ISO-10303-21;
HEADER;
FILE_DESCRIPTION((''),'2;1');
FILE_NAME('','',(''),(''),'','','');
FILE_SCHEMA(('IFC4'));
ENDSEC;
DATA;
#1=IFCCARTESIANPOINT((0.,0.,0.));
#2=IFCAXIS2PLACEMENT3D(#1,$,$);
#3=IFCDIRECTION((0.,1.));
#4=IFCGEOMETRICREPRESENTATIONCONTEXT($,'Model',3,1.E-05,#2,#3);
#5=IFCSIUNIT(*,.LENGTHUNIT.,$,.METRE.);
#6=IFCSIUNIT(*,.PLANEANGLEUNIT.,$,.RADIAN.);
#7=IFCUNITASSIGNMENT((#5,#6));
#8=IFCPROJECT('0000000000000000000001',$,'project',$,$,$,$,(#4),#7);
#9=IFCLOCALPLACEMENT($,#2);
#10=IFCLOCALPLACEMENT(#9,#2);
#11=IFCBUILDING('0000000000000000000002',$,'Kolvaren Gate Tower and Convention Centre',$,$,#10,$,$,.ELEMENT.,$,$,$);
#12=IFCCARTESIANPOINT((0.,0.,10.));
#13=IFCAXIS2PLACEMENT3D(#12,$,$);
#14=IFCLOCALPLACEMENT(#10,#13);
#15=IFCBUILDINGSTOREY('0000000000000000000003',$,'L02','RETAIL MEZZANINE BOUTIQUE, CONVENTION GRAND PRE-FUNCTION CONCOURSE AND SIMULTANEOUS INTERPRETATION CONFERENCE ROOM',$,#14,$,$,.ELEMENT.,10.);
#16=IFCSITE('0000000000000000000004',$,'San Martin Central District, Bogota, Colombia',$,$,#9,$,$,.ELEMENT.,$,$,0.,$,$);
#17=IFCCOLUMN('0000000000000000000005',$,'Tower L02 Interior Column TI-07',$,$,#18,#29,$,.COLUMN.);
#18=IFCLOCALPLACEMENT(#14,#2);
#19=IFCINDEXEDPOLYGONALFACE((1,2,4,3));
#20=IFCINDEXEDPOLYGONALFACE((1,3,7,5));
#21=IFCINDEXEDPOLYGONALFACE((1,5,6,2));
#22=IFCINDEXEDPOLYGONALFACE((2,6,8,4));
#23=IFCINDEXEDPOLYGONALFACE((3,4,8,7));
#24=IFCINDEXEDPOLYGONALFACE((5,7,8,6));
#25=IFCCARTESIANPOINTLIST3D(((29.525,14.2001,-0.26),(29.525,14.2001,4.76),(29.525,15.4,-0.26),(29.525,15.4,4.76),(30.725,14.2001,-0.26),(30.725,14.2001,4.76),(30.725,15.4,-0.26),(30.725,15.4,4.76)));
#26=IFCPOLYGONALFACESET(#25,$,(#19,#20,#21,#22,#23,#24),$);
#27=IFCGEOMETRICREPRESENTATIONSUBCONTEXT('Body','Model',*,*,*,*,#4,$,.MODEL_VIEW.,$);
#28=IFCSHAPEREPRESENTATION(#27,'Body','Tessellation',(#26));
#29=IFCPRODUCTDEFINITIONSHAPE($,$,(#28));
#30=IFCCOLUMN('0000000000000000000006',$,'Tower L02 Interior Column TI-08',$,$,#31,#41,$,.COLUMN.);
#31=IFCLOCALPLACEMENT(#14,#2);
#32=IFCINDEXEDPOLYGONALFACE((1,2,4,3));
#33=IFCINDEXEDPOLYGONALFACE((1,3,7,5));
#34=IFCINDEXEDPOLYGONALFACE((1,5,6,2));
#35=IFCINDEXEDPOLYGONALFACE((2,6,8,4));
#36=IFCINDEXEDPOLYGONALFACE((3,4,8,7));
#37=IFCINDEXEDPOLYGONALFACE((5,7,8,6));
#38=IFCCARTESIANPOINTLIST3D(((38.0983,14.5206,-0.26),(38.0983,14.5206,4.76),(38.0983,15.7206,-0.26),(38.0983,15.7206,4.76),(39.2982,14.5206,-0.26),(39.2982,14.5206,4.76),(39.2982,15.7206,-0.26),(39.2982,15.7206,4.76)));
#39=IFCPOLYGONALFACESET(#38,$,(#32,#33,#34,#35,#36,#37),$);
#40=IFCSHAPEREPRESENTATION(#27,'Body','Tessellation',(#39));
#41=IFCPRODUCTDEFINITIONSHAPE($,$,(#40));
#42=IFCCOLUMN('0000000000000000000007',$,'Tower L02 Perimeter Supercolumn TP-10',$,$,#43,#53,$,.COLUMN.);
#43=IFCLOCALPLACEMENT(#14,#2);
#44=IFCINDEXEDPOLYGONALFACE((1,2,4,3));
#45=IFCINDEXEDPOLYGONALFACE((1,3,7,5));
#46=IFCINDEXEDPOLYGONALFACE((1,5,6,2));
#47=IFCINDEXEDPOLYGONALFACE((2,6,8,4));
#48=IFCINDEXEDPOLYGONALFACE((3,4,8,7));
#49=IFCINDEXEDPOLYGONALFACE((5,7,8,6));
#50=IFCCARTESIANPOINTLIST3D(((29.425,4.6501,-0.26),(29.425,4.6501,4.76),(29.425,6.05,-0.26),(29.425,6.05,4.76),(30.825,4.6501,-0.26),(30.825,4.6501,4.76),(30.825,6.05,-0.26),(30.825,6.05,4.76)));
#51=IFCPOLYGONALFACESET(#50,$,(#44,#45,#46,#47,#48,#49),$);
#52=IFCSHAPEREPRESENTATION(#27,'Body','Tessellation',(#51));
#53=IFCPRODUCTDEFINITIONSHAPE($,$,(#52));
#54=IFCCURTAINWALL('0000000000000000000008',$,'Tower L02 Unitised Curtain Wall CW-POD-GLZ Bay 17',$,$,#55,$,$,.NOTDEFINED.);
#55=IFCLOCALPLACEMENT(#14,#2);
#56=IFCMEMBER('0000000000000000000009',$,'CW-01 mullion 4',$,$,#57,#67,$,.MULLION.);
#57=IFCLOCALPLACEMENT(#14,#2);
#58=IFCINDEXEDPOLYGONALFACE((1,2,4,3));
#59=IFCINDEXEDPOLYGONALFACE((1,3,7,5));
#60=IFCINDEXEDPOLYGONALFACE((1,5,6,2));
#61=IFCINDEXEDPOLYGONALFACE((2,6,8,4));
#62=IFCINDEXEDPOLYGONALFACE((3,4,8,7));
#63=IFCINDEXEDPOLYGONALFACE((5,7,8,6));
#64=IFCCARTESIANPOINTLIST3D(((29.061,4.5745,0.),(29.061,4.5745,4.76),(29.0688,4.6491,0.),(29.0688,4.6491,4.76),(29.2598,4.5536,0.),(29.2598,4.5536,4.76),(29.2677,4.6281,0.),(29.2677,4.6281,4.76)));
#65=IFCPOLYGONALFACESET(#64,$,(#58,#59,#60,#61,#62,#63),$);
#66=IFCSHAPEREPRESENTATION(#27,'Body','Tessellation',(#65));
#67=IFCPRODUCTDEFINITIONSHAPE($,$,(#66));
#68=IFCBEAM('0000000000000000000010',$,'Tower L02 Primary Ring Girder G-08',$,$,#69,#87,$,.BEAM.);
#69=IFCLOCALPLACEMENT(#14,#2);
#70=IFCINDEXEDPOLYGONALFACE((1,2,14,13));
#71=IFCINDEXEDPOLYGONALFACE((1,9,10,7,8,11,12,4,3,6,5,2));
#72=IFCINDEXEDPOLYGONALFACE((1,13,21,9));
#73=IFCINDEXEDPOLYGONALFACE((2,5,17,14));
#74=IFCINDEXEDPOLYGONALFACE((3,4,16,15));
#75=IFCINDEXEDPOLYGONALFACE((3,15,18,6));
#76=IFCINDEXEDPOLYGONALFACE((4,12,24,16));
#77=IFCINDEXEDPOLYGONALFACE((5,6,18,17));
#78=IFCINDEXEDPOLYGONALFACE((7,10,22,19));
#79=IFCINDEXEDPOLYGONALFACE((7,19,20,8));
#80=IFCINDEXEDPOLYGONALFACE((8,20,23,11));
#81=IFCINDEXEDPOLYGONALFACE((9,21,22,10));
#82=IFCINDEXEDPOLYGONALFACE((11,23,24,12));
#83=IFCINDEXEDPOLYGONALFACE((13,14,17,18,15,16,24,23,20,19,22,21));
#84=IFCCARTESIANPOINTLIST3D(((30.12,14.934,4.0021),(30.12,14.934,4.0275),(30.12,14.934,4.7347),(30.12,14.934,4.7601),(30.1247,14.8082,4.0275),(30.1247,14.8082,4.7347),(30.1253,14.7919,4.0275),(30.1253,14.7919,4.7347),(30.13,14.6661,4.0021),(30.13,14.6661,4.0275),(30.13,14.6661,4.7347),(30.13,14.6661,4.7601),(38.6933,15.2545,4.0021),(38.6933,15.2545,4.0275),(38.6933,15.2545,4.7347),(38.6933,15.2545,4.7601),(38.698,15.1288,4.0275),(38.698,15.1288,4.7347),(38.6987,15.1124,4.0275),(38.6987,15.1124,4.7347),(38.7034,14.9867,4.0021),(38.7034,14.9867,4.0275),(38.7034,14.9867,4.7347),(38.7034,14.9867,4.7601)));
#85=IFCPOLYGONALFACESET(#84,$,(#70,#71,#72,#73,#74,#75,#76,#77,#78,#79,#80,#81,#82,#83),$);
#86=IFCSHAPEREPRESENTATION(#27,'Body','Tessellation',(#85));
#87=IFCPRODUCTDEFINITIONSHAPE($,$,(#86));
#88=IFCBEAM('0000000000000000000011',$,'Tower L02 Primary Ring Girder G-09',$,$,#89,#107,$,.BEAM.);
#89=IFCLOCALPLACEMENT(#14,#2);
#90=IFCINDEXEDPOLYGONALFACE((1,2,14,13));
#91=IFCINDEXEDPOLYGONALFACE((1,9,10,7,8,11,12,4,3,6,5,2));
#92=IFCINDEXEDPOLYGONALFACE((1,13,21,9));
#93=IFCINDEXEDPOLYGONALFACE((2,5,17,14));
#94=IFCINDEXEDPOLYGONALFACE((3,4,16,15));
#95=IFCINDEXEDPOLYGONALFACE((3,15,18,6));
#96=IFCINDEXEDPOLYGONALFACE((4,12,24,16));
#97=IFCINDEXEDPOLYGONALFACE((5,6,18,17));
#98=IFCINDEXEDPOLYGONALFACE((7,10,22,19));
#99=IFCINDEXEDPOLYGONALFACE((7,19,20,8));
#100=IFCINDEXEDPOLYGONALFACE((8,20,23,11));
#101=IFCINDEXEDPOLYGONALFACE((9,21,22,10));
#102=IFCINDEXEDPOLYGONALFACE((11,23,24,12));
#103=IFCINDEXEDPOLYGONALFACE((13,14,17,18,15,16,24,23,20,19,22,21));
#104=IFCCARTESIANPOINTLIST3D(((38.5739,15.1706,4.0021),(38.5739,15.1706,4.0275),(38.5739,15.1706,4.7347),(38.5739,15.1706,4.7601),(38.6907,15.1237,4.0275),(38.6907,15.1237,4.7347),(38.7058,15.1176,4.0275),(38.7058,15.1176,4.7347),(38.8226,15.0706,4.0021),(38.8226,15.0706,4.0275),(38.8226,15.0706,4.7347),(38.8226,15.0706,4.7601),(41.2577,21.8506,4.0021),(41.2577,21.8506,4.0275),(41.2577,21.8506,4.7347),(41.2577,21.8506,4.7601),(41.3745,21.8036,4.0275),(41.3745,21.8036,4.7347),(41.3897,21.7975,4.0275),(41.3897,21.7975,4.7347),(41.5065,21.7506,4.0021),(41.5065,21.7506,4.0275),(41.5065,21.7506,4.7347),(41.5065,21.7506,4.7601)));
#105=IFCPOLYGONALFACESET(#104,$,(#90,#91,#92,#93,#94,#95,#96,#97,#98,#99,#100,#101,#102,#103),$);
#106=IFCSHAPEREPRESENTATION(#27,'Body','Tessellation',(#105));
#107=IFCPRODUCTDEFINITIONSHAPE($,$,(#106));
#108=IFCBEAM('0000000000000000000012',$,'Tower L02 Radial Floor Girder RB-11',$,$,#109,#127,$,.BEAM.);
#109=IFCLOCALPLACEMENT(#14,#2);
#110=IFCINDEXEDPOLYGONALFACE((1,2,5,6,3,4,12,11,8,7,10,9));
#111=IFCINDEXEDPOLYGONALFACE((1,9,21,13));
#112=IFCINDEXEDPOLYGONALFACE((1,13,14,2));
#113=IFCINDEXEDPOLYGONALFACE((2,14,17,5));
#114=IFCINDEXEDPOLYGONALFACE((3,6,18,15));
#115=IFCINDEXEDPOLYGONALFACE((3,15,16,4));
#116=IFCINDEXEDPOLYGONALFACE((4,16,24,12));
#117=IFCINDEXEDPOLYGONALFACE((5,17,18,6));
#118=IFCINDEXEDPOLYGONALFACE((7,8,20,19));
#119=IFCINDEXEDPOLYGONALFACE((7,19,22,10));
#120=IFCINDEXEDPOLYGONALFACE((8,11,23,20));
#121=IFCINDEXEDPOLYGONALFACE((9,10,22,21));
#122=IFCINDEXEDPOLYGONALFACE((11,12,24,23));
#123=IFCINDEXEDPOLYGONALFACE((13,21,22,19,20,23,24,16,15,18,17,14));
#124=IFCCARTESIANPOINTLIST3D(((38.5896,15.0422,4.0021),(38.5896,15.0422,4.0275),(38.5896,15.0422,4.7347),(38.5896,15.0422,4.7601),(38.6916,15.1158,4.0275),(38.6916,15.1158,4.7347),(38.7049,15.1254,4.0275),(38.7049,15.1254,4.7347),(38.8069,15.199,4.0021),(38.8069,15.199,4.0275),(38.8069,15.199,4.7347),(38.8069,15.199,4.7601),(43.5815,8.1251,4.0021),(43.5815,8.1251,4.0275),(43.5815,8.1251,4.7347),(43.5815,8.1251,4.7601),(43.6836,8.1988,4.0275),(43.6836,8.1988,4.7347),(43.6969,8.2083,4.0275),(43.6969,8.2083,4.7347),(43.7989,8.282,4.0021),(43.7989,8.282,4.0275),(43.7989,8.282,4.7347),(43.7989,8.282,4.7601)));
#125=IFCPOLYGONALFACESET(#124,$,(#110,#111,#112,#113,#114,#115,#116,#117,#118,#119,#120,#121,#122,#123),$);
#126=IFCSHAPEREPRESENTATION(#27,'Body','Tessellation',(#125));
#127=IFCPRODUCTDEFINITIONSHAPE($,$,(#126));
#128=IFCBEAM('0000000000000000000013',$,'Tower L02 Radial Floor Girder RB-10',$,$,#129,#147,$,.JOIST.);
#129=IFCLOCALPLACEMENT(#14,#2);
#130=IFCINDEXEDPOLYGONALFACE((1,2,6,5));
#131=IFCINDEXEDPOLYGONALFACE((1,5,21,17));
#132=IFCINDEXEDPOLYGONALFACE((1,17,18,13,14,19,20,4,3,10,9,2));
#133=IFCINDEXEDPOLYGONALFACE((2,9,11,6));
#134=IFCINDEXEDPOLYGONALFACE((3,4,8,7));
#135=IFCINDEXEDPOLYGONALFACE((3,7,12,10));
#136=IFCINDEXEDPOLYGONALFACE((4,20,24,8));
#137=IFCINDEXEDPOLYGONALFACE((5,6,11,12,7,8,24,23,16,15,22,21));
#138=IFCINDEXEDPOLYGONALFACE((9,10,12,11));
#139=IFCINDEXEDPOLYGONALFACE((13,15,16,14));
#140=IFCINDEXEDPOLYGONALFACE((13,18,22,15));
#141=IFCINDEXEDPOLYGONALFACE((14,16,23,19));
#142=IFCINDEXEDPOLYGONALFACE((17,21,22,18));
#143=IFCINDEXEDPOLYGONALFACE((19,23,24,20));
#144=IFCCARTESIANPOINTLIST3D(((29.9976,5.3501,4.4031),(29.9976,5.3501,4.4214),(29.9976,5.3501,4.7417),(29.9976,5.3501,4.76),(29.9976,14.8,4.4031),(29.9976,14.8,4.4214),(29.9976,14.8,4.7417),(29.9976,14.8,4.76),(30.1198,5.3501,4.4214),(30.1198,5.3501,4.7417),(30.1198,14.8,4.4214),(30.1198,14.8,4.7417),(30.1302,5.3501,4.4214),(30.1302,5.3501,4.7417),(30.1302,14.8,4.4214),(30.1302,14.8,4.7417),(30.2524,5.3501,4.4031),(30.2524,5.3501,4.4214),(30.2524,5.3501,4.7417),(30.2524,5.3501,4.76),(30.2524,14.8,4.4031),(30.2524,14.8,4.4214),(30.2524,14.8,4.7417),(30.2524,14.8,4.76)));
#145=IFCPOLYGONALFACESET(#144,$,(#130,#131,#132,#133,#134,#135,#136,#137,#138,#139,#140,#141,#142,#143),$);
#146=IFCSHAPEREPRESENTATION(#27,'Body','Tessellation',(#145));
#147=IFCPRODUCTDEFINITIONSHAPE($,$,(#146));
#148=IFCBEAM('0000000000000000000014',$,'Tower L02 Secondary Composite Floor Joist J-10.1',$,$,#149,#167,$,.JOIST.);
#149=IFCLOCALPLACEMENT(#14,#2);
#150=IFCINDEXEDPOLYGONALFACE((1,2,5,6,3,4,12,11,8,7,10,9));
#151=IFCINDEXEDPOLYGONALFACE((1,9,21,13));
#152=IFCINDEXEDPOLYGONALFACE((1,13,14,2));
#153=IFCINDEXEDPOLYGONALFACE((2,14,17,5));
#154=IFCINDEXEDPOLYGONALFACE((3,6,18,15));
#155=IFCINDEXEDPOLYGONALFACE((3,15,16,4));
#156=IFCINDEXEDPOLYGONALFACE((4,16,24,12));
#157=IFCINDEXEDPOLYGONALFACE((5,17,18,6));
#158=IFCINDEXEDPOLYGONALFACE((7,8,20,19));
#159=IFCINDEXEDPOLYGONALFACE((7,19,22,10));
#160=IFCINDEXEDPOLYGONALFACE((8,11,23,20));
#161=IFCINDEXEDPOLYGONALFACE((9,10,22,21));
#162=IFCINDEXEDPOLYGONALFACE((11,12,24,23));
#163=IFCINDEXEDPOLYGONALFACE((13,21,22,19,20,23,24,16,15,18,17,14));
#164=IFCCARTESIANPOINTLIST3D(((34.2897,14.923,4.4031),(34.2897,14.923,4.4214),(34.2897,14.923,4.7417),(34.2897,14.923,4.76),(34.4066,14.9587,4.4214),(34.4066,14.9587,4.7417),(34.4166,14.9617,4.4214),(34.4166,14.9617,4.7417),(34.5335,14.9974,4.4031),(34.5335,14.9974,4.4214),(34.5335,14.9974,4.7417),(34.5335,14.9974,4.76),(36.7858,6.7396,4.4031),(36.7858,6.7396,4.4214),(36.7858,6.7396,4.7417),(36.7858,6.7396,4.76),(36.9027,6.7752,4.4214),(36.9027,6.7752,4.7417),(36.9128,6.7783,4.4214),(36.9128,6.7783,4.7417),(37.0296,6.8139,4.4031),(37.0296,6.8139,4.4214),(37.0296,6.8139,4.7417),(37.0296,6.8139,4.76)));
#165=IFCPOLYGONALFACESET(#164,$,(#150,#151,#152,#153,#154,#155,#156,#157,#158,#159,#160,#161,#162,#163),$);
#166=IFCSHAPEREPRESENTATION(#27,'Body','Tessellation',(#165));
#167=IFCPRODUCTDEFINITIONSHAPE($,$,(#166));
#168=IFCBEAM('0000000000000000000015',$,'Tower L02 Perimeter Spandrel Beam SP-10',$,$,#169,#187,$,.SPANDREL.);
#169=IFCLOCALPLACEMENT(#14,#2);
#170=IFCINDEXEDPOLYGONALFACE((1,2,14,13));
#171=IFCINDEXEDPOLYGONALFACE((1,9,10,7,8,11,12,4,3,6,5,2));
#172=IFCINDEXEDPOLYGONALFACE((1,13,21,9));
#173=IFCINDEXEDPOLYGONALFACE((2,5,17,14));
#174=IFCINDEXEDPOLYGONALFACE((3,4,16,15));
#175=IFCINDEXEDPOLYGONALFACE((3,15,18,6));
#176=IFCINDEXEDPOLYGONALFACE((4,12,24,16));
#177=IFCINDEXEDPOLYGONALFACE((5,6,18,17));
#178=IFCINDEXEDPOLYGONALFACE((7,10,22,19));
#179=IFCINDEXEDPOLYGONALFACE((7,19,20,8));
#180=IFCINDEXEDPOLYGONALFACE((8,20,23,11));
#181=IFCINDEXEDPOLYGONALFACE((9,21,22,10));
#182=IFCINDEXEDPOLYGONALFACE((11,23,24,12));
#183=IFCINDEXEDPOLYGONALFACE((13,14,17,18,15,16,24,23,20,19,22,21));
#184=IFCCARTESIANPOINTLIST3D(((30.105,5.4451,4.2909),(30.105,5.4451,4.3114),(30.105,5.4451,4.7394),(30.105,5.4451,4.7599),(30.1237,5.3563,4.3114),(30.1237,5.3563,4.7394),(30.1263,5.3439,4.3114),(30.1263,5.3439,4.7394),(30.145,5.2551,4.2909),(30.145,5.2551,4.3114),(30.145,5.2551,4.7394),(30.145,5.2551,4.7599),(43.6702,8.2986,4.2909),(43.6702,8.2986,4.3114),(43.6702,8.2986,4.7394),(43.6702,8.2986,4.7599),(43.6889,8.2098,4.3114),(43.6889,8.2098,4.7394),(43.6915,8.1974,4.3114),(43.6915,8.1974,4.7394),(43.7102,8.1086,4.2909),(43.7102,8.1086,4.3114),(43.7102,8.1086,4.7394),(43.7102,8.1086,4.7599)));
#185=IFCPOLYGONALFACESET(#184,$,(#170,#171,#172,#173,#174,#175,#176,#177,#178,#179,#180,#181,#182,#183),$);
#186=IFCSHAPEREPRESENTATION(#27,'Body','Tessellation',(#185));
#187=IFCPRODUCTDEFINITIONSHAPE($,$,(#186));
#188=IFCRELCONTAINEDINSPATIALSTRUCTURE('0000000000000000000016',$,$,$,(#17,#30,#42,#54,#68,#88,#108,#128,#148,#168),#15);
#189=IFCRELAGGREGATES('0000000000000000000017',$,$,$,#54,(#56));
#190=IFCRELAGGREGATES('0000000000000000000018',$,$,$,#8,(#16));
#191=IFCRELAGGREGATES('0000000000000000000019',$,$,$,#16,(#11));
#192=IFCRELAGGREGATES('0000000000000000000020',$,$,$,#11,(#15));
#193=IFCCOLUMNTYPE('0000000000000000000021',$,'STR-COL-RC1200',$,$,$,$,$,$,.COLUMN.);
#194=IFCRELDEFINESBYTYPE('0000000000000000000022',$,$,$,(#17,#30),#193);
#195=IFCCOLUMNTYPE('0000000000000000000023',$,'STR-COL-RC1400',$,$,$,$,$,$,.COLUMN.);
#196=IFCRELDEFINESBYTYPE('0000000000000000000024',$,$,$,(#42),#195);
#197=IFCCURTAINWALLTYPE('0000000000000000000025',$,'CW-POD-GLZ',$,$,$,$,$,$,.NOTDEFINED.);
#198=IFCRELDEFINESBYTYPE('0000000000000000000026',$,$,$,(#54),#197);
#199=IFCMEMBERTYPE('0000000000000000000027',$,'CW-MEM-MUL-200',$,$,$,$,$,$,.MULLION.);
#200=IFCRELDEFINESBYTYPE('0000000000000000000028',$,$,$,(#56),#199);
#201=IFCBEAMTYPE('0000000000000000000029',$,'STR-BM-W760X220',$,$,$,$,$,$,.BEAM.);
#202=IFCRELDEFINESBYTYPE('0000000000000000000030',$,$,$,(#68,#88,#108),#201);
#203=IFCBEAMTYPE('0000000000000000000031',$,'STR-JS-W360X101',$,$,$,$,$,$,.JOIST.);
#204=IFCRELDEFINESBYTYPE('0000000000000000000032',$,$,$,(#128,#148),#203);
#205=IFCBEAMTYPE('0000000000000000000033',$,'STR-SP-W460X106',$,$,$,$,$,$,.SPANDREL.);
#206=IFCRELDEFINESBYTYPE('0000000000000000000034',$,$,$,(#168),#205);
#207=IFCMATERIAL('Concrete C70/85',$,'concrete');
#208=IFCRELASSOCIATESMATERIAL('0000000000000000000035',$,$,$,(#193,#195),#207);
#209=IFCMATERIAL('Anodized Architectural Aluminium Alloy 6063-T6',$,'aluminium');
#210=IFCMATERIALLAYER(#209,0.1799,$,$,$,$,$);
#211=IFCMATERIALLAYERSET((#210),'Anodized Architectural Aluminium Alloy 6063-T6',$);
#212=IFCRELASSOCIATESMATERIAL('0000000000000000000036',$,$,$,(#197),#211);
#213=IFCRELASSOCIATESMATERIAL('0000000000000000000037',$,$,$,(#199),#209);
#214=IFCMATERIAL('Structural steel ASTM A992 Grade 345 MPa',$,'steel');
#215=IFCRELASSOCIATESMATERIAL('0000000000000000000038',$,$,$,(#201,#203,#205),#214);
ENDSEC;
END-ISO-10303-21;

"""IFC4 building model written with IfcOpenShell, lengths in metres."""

from ifc_helpers import new_model, si_unit, direction, frame, origin, origin_2d, place, context, subcontext, project, spatial, rectangle, i_section, extrude, material, layer, layer_set, material_profile, profile_set, type_object, element, aggregate, save


model = new_model("IFC4")

# Units and contexts
model_context = context("Model", 3, precision=1e-05, world=origin(), true_north=direction((0.0, 1.0)))
body_context = subcontext(model_context, "Body", "Model", "MODEL_VIEW")
ifc_project = project(units=[si_unit("LENGTHUNIT", "METRE"), si_unit("PLANEANGLEUNIT", "RADIAN")], contexts=[model_context])

# Site, building, storey
site_placement = place(None, origin())
site = spatial("IfcSite", under=ifc_project, at=site_placement, Name="San Martin Central District, Bogota, Colombia", CompositionType="ELEMENT", RefElevation=0.0)
building_placement = place(site_placement, origin())
building = spatial("IfcBuilding", under=site, at=building_placement, Name="Kolvaren Gate Tower and Convention Centre", CompositionType="ELEMENT")
storey_placement = place(building_placement, frame((0.0, 0.0, 10.0)))
storey = spatial("IfcBuildingStorey", under=building, at=storey_placement, Name="L02", Description="RETAIL MEZZANINE BOUTIQUE, CONVENTION GRAND PRE-FUNCTION CONCOURSE AND SIMULTANEOUS INTERPRETATION CONFERENCE ROOM", CompositionType="ELEMENT", Elevation=10.0)

# Columns
ifc_material_1 = material(Name="Concrete C70/85", Category="concrete")
ifc_material_profile_1 = material_profile(ifc_material_1, rectangle(XDim=1.2, YDim=1.2, at=origin_2d()), Name="RC-COL-1200X1200")
ifc_profile_set_1 = profile_set([ifc_material_profile_1], Name="Concrete C70/85")
column_type_1 = type_object("IfcColumnType", Name="STR-COL-RC1200", PredefinedType="COLUMN", material=ifc_profile_set_1)
for number, where, z_axis, x_axis, name in (
    (1, (30.125, 14.8, -0.26), (0.0, 0.0, 1.0), (1.0, 0.0, 0.0), "Tower L02 Interior Column TI-07"),
    (2, (38.6982, 15.1206, -0.26), (0.0, 0.0, 1.0), (1.0, 0.0, 0.0), "Tower L02 Interior Column TI-08"),
):
    element("IfcColumn", number, at=place(storey_placement, frame(where, z_axis=z_axis, x_axis=x_axis)), inside=storey, type_object=column_type_1, Name=name, PredefinedType="COLUMN", context=body_context, shape_type="SweptSolid", body=[
        extrude(rectangle(XDim=1.2, YDim=1.2, at=origin_2d()), origin(), (0.0, 0.0, 1.0), 5.02),
    ])
ifc_material_profile_2 = material_profile(ifc_material_1, rectangle(XDim=1.3999, YDim=1.3999, at=origin_2d()), Name="RC-COL-1400X1400")
ifc_profile_set_2 = profile_set([ifc_material_profile_2], Name="Concrete C70/85")
column_type_2 = type_object("IfcColumnType", Name="STR-COL-RC1400", PredefinedType="COLUMN", material=ifc_profile_set_2)
column_placement = place(storey_placement, frame((30.125, 5.3501, -0.26), z_axis=(0.0, 0.0, 1.0), x_axis=(1.0, 0.0, 0.0)))
element("IfcColumn", 3, at=column_placement, inside=storey, type_object=column_type_2, Name="Tower L02 Perimeter Supercolumn TP-10", PredefinedType="COLUMN", context=body_context, shape_type="SweptSolid", body=[
    extrude(rectangle(XDim=1.3999, YDim=1.3999, at=origin_2d()), origin(), (0.0, 0.0, 1.0), 5.02),
])

# Curtain wall, member
ifc_material_2 = material(Name="Anodized Architectural Aluminium Alloy 6063-T6", Category="aluminium")
ifc_layer_1 = layer(ifc_material_2, 0.1799)
ifc_layer_set_1 = layer_set([ifc_layer_1], Name="Anodized Architectural Aluminium Alloy 6063-T6")
curtain_wall_type = type_object("IfcCurtainWallType", Name="CW-POD-GLZ", PredefinedType="NOTDEFINED", material=ifc_layer_set_1)
curtain_wall_placement = place(storey_placement, origin())
curtain_wall = element("IfcCurtainWall", 4, at=curtain_wall_placement, inside=storey, type_object=curtain_wall_type, Name="Tower L02 Unitised Curtain Wall CW-POD-GLZ Bay 17", PredefinedType="NOTDEFINED")
ifc_material_profile_3 = material_profile(ifc_material_2, rectangle(XDim=0.075, YDim=0.2, at=origin_2d()), Name="CW-MEM-MUL-200")
ifc_profile_set_3 = profile_set([ifc_material_profile_3], Name="Anodized Architectural Aluminium Alloy 6063-T6")
member_type = type_object("IfcMemberType", Name="CW-MEM-MUL-200", PredefinedType="MULLION", material=ifc_profile_set_3)
member_placement = place(storey_placement, frame((29.1643, 4.6013, 0.0), z_axis=(0.0, 0.0, 1.0), x_axis=(0.104742, 0.994499, 0.0)))
member = element("IfcMember", 5, at=member_placement, type_object=member_type, Name="CW-01 mullion 4", PredefinedType="MULLION", context=body_context, shape_type="SweptSolid", body=[
    extrude(rectangle(XDim=0.075, YDim=0.2, at=origin_2d()), origin(), (0.0, 0.0, 1.0), 4.76),
])

# Beams
ifc_material_3 = material(Name="Structural steel ASTM A992 Grade 345 MPa", Category="steel")
ifc_material_profile_4 = material_profile(ifc_material_3, i_section(OverallWidth=0.2681, OverallDepth=0.7581, WebThickness=0.0164, FlangeThickness=0.0254, at=origin_2d()), Name="W760X220")
ifc_profile_set_4 = profile_set([ifc_material_profile_4], Name="Structural steel ASTM A992 Grade 345 MPa")
beam_type_1 = type_object("IfcBeamType", Name="STR-BM-W760X220", PredefinedType="BEAM", material=ifc_profile_set_4)
beam_1_placement = place(storey_placement, frame((30.125, 14.8, 4.3811), z_axis=(0.999302, 0.037364, 0.0), x_axis=(-0.037364, 0.999302, 0.0)))
element("IfcBeam", 6, at=beam_1_placement, inside=storey, type_object=beam_type_1, Name="Tower L02 Primary Ring Girder G-08", PredefinedType="BEAM", context=body_context, shape_type="SweptSolid", body=[
    extrude(i_section(OverallWidth=0.2681, OverallDepth=0.7581, WebThickness=0.0164, FlangeThickness=0.0254, at=origin_2d()), origin(), (0.0, 0.0, 1.0), 8.5793),
])
beam_2_placement = place(storey_placement, frame((38.6982, 15.1206, 4.3811), z_axis=(0.372811, 0.927907, 0.0), x_axis=(-0.927907, 0.372811, 0.0)))
element("IfcBeam", 7, at=beam_2_placement, inside=storey, type_object=beam_type_1, Name="Tower L02 Primary Ring Girder G-09", PredefinedType="BEAM", context=body_context, shape_type="SweptSolid", body=[
    extrude(i_section(OverallWidth=0.2681, OverallDepth=0.7581, WebThickness=0.0164, FlangeThickness=0.0254, at=origin_2d()), origin(), (0.0, 0.0, 1.0), 7.199),
])
beam_3_placement = place(storey_placement, frame((38.6982, 15.1206, 4.3811), z_axis=(0.585208, -0.810883, 0.0), x_axis=(0.810883, 0.585208, 0.0)))
element("IfcBeam", 8, at=beam_3_placement, inside=storey, type_object=beam_type_1, Name="Tower L02 Radial Floor Girder RB-11", PredefinedType="BEAM", context=body_context, shape_type="SweptSolid", body=[
    extrude(i_section(OverallWidth=0.2681, OverallDepth=0.7581, WebThickness=0.0164, FlangeThickness=0.0254, at=origin_2d()), origin(), (0.0, 0.0, 1.0), 8.5303),
])
ifc_material_profile_5 = material_profile(ifc_material_3, i_section(OverallWidth=0.2549, OverallDepth=0.3569, WebThickness=0.0105, FlangeThickness=0.0183, at=origin_2d()), Name="W360X101")
ifc_profile_set_5 = profile_set([ifc_material_profile_5], Name="Structural steel ASTM A992 Grade 345 MPa")
beam_type_2 = type_object("IfcBeamType", Name="STR-JS-W360X101", PredefinedType="JOIST", material=ifc_profile_set_5)
beam_4_placement = place(storey_placement, frame((30.125, 14.8, 4.5815), z_axis=(0.0, -1.0, 0.0), x_axis=(1.0, 0.0, 0.0)))
element("IfcBeam", 9, at=beam_4_placement, inside=storey, type_object=beam_type_2, Name="Tower L02 Radial Floor Girder RB-10", PredefinedType="JOIST", context=body_context, shape_type="SweptSolid", body=[
    extrude(i_section(OverallWidth=0.2549, OverallDepth=0.3569, WebThickness=0.0105, FlangeThickness=0.0183, at=origin_2d()), origin(), (0.0, 0.0, 1.0), 9.45),
])
beam_5_placement = place(storey_placement, frame((34.4116, 14.9602, 4.5815), z_axis=(0.291751, -0.956494, 0.0), x_axis=(0.956494, 0.291751, 0.0)))
element("IfcBeam", 10, at=beam_5_placement, inside=storey, type_object=beam_type_2, Name="Tower L02 Secondary Composite Floor Joist J-10.1", PredefinedType="JOIST", context=body_context, shape_type="SweptSolid", body=[
    extrude(i_section(OverallWidth=0.2549, OverallDepth=0.3569, WebThickness=0.0105, FlangeThickness=0.0183, at=origin_2d()), origin(), (0.0, 0.0, 1.0), 8.5557),
])
ifc_material_profile_6 = material_profile(ifc_material_3, i_section(OverallWidth=0.1941, OverallDepth=0.469, WebThickness=0.0127, FlangeThickness=0.0205, at=origin_2d()), Name="W460X106")
ifc_profile_set_6 = profile_set([ifc_material_profile_6], Name="Structural steel ASTM A992 Grade 345 MPa")
beam_type_3 = type_object("IfcBeamType", Name="STR-SP-W460X106", PredefinedType="SPANDREL", material=ifc_profile_set_6)
beam_6_placement = place(storey_placement, frame((30.125, 5.3501, 4.5254), z_axis=(0.978583, 0.205851, 0.0), x_axis=(-0.205851, 0.978583, 0.0)))
element("IfcBeam", 11, at=beam_6_placement, inside=storey, type_object=beam_type_3, Name="Tower L02 Perimeter Spandrel Beam SP-10", PredefinedType="SPANDREL", context=body_context, shape_type="SweptSolid", body=[
    extrude(i_section(OverallWidth=0.1941, OverallDepth=0.469, WebThickness=0.0127, FlangeThickness=0.0205, at=origin_2d()), origin(), (0.0, 0.0, 1.0), 13.8621),
])

aggregate(curtain_wall, [member])

save(model, "model.ifc")
